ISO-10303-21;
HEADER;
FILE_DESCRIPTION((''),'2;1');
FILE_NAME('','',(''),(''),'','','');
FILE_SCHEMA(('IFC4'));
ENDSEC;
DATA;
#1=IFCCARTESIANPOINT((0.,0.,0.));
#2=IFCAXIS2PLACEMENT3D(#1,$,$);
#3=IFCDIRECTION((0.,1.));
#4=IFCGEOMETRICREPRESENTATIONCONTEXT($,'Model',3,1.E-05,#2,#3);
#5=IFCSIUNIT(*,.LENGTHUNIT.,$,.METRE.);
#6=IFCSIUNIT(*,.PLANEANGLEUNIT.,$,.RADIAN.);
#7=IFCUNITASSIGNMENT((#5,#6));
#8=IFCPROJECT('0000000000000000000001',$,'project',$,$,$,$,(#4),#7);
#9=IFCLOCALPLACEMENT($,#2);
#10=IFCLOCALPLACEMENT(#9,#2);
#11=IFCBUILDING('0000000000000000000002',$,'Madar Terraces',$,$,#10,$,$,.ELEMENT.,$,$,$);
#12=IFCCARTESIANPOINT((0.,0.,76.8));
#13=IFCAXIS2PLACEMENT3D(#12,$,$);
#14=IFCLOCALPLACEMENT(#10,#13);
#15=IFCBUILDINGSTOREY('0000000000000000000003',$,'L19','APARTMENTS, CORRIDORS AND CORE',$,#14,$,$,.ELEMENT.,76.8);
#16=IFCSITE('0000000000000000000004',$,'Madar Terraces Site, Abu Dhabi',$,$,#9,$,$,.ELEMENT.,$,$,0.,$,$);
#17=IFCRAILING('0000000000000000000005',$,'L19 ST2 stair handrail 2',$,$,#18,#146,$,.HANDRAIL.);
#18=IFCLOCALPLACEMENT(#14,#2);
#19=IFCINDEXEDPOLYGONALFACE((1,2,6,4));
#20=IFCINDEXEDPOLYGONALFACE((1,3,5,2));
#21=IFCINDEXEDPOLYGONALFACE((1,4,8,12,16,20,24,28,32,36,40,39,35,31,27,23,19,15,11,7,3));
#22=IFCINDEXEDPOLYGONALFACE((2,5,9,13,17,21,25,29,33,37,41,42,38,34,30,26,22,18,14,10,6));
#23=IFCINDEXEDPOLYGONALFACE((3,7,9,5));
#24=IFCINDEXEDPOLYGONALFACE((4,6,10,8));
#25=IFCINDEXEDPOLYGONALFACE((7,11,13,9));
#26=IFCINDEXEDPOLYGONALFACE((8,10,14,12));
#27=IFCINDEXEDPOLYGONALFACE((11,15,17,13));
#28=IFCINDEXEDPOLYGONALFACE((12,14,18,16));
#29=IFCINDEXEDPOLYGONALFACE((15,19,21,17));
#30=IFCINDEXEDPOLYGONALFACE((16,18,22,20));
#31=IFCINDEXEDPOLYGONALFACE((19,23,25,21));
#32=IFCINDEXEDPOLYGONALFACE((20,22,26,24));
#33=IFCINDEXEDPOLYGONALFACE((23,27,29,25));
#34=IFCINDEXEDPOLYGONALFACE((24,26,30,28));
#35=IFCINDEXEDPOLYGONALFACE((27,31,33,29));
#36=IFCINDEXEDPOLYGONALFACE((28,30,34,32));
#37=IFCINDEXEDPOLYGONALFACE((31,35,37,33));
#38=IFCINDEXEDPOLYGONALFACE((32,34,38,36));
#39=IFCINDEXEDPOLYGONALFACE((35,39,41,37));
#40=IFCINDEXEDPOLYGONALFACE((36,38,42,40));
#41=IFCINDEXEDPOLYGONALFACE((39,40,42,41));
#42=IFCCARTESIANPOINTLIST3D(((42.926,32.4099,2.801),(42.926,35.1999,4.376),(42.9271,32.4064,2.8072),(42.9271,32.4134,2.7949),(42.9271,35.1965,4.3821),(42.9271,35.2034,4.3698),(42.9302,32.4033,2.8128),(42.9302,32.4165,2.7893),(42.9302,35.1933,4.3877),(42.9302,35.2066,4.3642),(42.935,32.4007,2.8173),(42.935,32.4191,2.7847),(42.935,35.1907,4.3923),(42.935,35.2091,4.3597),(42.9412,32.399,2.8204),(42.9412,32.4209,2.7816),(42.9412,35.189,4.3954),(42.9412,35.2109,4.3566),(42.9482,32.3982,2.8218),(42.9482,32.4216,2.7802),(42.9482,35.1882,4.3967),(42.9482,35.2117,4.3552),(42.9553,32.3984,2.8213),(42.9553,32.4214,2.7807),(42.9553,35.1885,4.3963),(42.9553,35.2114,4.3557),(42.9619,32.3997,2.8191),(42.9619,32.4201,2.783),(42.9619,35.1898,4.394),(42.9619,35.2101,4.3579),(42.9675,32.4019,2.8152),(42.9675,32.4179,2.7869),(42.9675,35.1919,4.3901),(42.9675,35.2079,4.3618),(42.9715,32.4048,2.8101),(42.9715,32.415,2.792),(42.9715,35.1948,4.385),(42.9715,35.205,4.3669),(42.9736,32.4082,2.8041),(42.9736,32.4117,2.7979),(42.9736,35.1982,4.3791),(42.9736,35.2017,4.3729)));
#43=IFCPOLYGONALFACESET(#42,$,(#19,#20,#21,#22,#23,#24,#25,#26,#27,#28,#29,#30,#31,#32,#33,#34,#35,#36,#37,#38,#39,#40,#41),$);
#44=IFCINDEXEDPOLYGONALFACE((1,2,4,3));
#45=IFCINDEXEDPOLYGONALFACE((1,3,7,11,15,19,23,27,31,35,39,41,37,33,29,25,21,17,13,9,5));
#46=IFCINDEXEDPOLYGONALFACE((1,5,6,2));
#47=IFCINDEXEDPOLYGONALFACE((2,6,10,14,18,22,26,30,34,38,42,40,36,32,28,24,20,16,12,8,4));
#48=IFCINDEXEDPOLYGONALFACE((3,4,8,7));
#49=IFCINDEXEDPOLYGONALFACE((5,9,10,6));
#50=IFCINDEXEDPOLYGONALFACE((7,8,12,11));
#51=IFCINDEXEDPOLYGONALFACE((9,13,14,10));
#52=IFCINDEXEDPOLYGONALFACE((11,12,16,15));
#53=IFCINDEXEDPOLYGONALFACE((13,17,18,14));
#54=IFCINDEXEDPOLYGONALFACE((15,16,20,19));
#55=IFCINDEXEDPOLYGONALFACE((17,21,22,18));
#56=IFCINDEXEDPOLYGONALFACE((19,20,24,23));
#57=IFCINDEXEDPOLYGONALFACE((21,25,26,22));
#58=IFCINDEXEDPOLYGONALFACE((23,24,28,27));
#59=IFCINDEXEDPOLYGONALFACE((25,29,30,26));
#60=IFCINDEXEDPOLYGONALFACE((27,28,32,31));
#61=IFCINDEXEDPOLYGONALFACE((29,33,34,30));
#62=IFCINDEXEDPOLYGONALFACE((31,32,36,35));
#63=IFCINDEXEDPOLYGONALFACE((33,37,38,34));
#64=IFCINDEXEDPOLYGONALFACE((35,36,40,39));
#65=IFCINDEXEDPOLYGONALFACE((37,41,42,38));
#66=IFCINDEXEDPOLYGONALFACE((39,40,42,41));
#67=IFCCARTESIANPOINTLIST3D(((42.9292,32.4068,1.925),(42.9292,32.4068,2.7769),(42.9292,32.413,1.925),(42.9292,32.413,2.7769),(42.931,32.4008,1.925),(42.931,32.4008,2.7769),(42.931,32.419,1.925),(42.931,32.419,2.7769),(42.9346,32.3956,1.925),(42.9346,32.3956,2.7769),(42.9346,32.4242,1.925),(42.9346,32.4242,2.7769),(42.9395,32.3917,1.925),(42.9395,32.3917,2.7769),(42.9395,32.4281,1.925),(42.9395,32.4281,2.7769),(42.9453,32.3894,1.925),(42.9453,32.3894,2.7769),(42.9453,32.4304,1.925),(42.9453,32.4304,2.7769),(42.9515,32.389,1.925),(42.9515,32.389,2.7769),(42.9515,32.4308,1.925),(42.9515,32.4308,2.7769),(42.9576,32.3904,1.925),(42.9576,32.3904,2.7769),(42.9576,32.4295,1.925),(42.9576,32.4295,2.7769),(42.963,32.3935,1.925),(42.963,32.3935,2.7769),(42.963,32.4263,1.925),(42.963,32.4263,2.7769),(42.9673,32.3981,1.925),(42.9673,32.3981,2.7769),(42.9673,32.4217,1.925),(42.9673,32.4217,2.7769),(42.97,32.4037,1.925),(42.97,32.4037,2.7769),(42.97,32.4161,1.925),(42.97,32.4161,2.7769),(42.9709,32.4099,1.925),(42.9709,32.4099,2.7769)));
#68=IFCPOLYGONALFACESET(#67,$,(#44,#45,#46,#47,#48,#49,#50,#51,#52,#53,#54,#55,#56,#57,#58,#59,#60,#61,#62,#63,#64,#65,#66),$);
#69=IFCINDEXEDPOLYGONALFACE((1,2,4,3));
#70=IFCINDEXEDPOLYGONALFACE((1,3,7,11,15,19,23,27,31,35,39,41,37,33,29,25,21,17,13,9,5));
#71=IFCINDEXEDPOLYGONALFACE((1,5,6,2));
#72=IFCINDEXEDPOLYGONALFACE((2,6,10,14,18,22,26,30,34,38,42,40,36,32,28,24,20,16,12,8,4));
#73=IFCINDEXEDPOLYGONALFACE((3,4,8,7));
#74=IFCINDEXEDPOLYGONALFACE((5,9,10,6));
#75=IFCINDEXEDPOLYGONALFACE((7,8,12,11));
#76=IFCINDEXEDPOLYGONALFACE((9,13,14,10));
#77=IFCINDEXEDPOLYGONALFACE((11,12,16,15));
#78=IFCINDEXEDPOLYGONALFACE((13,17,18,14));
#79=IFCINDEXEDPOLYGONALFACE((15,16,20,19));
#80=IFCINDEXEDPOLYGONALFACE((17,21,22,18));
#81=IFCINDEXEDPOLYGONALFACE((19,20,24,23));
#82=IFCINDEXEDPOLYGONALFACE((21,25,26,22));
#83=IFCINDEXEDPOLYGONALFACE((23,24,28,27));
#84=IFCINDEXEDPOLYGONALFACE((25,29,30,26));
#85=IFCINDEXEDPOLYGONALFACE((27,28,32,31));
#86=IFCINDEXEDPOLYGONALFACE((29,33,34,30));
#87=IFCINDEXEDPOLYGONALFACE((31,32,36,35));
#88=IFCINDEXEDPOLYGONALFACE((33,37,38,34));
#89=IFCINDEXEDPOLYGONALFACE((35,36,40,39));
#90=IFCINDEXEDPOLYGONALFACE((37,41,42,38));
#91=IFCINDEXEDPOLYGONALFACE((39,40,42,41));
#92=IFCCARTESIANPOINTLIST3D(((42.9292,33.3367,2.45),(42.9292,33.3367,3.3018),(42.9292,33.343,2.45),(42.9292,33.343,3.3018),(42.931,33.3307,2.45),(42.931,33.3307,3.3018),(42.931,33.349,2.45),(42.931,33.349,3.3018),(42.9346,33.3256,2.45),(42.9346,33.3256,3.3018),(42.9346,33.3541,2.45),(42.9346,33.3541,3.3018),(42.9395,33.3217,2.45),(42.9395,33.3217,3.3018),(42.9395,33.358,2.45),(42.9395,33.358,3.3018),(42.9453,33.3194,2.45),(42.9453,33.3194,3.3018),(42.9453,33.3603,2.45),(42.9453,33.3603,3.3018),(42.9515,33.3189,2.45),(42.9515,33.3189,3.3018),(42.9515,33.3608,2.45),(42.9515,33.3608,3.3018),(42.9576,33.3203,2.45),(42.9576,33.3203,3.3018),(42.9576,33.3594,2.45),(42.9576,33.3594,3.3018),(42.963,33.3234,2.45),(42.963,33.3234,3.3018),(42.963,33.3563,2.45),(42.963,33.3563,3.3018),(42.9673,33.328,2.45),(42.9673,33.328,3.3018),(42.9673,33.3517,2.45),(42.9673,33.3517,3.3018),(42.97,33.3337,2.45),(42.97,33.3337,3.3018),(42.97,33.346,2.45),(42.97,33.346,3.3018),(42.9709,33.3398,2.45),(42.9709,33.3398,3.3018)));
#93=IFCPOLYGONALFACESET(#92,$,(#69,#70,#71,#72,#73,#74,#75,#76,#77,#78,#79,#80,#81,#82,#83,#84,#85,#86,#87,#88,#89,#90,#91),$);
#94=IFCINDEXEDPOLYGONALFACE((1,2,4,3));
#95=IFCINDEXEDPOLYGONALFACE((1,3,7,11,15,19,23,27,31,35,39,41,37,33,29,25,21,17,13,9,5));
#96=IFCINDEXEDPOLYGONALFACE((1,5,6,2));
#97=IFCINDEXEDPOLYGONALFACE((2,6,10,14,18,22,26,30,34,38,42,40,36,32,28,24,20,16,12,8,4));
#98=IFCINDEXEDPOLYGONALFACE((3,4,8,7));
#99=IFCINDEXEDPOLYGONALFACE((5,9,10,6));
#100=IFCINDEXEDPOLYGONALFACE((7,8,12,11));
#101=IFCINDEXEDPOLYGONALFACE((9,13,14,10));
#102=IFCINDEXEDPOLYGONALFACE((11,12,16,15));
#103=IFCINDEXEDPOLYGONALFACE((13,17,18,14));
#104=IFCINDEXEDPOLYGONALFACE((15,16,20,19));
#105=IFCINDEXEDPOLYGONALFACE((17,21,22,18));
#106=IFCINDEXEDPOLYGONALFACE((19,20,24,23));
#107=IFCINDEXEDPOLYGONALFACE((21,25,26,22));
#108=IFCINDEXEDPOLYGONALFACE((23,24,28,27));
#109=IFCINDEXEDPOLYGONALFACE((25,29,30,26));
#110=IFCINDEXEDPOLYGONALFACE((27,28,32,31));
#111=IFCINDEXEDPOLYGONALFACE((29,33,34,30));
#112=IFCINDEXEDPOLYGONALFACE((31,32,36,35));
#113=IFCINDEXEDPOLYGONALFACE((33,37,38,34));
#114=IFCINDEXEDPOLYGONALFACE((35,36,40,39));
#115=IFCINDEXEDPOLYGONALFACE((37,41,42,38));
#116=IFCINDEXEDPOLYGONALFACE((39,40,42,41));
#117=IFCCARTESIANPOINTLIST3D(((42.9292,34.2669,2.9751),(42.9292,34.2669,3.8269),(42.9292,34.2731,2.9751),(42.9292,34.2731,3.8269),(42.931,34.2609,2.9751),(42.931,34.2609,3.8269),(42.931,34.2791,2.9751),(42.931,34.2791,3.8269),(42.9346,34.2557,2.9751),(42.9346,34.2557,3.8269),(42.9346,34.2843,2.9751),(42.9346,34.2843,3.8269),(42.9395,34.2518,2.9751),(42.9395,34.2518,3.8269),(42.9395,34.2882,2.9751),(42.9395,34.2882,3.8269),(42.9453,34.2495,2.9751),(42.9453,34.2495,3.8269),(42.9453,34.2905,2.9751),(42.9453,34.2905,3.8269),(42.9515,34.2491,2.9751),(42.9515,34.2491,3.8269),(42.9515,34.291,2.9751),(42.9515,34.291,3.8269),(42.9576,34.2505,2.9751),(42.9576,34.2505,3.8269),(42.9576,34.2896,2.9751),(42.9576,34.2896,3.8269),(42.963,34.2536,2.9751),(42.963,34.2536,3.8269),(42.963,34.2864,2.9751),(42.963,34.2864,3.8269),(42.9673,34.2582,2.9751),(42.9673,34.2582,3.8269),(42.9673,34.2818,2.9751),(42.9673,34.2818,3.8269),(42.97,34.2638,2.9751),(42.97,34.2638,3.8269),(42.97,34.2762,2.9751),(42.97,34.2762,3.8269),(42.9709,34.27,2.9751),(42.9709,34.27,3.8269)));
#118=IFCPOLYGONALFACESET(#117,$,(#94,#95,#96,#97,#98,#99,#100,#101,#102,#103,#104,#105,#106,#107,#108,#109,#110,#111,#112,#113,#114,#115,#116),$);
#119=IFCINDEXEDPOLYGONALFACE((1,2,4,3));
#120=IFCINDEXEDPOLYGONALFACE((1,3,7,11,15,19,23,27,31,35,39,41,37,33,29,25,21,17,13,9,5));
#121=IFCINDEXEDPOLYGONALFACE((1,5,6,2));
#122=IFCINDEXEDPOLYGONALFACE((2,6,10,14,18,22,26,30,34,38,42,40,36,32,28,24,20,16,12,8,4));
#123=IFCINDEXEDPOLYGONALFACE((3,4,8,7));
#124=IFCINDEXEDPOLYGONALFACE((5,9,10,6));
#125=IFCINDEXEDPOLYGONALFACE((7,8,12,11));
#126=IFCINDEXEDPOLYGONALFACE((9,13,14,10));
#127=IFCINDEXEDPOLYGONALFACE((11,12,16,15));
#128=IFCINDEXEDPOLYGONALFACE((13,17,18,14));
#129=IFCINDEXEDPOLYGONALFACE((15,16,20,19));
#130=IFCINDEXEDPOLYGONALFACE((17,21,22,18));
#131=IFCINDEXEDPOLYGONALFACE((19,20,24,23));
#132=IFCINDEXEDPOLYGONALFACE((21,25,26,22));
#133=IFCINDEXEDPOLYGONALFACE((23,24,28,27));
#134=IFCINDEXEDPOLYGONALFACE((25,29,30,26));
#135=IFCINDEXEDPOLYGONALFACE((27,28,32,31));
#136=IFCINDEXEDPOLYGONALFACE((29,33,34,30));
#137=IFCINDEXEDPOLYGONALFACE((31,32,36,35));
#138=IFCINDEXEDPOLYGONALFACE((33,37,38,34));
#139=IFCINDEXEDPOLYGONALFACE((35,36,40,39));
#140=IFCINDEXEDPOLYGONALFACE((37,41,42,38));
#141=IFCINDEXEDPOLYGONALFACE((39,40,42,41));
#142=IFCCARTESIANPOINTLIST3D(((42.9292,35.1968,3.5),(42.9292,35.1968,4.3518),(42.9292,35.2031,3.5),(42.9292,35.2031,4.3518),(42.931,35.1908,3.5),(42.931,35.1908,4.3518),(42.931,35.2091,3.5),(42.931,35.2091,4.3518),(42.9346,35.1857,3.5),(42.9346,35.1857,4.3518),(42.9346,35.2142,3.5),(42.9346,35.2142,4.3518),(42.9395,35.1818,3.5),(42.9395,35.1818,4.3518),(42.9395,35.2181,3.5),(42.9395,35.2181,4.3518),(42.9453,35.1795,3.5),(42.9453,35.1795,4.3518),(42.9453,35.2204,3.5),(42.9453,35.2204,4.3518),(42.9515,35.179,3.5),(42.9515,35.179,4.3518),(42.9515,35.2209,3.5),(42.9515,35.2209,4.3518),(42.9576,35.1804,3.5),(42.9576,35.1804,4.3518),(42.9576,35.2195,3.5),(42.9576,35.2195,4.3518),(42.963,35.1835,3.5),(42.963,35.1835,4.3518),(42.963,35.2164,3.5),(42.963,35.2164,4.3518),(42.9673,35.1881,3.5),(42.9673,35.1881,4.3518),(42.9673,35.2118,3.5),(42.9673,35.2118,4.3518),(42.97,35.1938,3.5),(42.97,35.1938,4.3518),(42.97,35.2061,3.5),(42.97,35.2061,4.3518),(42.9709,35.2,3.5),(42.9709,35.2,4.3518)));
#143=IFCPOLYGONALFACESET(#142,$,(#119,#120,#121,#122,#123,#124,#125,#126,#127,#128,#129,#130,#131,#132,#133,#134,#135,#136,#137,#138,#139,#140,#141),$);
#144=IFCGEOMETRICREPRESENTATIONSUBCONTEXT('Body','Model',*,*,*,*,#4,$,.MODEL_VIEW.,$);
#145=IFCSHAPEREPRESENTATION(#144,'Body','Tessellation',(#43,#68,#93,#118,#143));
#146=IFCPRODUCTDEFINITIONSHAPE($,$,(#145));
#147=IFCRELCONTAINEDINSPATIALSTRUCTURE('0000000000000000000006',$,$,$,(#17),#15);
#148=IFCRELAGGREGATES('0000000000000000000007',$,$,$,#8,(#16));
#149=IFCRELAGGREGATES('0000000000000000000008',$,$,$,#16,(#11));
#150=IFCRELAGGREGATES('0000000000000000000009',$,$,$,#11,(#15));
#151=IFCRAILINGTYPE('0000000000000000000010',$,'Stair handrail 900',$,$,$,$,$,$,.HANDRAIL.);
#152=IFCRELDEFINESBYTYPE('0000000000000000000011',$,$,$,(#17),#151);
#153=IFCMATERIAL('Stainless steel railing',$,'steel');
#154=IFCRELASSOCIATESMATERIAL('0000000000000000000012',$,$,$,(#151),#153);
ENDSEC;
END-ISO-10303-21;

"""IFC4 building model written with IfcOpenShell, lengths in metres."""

from ifc_helpers import new_model, si_unit, direction, frame, origin, origin_2d, place, context, subcontext, project, spatial, circle, extrude, material, type_object, element, save


model = new_model("IFC4")

# Units and contexts
model_context = context("Model", 3, precision=1e-05, world=origin(), true_north=direction((0.0, 1.0)))
body_context = subcontext(model_context, "Body", "Model", "MODEL_VIEW")
ifc_project = project(units=[si_unit("LENGTHUNIT", "METRE"), si_unit("PLANEANGLEUNIT", "RADIAN")], contexts=[model_context])

# Site, building, storey
site_placement = place(None, origin())
site = spatial("IfcSite", under=ifc_project, at=site_placement, Name="Madar Terraces Site, Abu Dhabi", CompositionType="ELEMENT", RefElevation=0.0)
building_placement = place(site_placement, origin())
building = spatial("IfcBuilding", under=site, at=building_placement, Name="Madar Terraces", CompositionType="ELEMENT")
storey_placement = place(building_placement, frame((0.0, 0.0, 76.8)))
storey = spatial("IfcBuildingStorey", under=building, at=storey_placement, Name="L19", Description="APARTMENTS, CORRIDORS AND CORE", CompositionType="ELEMENT", Elevation=76.8)

# Railing
ifc_material_1 = material(Name="Stainless steel railing", Category="steel")
railing_type_1 = type_object("IfcRailingType", Name="Stair handrail 900", PredefinedType="HANDRAIL", material=ifc_material_1)
railing_1_placement = place(storey_placement, frame((42.95, 32.4099, 1.925)))
element("IfcRailing", 1, at=railing_1_placement, inside=storey, type_object=railing_type_1, Name="L19 ST2 stair handrail 2", PredefinedType="HANDRAIL", context=body_context, shape_type="SweptSolid", body=[
    extrude(circle(Radius=0.0239, at=origin_2d()), frame((0.0, 0.0, 0.876), z_axis=(0.0, 0.870834, 0.491578), x_axis=(-1.0, 0.0, 0.0)), (0.0, 0.0, 1.0), 3.2039),
    extrude(circle(Radius=0.021, at=origin_2d()), origin(), (0.0, 0.0, 1.0), 0.8518),
    extrude(circle(Radius=0.021, at=origin_2d()), frame((0.0, 0.9299, 0.5249)), (0.0, 0.0, 1.0), 0.8518),
    extrude(circle(Radius=0.021, at=origin_2d()), frame((0.0, 1.8601, 1.05)), (0.0, 0.0, 1.0), 0.8518),
    extrude(circle(Radius=0.021, at=origin_2d()), frame((0.0, 2.79, 1.575)), (0.0, 0.0, 1.0), 0.8518),
])

save(model, "model.ifc")
